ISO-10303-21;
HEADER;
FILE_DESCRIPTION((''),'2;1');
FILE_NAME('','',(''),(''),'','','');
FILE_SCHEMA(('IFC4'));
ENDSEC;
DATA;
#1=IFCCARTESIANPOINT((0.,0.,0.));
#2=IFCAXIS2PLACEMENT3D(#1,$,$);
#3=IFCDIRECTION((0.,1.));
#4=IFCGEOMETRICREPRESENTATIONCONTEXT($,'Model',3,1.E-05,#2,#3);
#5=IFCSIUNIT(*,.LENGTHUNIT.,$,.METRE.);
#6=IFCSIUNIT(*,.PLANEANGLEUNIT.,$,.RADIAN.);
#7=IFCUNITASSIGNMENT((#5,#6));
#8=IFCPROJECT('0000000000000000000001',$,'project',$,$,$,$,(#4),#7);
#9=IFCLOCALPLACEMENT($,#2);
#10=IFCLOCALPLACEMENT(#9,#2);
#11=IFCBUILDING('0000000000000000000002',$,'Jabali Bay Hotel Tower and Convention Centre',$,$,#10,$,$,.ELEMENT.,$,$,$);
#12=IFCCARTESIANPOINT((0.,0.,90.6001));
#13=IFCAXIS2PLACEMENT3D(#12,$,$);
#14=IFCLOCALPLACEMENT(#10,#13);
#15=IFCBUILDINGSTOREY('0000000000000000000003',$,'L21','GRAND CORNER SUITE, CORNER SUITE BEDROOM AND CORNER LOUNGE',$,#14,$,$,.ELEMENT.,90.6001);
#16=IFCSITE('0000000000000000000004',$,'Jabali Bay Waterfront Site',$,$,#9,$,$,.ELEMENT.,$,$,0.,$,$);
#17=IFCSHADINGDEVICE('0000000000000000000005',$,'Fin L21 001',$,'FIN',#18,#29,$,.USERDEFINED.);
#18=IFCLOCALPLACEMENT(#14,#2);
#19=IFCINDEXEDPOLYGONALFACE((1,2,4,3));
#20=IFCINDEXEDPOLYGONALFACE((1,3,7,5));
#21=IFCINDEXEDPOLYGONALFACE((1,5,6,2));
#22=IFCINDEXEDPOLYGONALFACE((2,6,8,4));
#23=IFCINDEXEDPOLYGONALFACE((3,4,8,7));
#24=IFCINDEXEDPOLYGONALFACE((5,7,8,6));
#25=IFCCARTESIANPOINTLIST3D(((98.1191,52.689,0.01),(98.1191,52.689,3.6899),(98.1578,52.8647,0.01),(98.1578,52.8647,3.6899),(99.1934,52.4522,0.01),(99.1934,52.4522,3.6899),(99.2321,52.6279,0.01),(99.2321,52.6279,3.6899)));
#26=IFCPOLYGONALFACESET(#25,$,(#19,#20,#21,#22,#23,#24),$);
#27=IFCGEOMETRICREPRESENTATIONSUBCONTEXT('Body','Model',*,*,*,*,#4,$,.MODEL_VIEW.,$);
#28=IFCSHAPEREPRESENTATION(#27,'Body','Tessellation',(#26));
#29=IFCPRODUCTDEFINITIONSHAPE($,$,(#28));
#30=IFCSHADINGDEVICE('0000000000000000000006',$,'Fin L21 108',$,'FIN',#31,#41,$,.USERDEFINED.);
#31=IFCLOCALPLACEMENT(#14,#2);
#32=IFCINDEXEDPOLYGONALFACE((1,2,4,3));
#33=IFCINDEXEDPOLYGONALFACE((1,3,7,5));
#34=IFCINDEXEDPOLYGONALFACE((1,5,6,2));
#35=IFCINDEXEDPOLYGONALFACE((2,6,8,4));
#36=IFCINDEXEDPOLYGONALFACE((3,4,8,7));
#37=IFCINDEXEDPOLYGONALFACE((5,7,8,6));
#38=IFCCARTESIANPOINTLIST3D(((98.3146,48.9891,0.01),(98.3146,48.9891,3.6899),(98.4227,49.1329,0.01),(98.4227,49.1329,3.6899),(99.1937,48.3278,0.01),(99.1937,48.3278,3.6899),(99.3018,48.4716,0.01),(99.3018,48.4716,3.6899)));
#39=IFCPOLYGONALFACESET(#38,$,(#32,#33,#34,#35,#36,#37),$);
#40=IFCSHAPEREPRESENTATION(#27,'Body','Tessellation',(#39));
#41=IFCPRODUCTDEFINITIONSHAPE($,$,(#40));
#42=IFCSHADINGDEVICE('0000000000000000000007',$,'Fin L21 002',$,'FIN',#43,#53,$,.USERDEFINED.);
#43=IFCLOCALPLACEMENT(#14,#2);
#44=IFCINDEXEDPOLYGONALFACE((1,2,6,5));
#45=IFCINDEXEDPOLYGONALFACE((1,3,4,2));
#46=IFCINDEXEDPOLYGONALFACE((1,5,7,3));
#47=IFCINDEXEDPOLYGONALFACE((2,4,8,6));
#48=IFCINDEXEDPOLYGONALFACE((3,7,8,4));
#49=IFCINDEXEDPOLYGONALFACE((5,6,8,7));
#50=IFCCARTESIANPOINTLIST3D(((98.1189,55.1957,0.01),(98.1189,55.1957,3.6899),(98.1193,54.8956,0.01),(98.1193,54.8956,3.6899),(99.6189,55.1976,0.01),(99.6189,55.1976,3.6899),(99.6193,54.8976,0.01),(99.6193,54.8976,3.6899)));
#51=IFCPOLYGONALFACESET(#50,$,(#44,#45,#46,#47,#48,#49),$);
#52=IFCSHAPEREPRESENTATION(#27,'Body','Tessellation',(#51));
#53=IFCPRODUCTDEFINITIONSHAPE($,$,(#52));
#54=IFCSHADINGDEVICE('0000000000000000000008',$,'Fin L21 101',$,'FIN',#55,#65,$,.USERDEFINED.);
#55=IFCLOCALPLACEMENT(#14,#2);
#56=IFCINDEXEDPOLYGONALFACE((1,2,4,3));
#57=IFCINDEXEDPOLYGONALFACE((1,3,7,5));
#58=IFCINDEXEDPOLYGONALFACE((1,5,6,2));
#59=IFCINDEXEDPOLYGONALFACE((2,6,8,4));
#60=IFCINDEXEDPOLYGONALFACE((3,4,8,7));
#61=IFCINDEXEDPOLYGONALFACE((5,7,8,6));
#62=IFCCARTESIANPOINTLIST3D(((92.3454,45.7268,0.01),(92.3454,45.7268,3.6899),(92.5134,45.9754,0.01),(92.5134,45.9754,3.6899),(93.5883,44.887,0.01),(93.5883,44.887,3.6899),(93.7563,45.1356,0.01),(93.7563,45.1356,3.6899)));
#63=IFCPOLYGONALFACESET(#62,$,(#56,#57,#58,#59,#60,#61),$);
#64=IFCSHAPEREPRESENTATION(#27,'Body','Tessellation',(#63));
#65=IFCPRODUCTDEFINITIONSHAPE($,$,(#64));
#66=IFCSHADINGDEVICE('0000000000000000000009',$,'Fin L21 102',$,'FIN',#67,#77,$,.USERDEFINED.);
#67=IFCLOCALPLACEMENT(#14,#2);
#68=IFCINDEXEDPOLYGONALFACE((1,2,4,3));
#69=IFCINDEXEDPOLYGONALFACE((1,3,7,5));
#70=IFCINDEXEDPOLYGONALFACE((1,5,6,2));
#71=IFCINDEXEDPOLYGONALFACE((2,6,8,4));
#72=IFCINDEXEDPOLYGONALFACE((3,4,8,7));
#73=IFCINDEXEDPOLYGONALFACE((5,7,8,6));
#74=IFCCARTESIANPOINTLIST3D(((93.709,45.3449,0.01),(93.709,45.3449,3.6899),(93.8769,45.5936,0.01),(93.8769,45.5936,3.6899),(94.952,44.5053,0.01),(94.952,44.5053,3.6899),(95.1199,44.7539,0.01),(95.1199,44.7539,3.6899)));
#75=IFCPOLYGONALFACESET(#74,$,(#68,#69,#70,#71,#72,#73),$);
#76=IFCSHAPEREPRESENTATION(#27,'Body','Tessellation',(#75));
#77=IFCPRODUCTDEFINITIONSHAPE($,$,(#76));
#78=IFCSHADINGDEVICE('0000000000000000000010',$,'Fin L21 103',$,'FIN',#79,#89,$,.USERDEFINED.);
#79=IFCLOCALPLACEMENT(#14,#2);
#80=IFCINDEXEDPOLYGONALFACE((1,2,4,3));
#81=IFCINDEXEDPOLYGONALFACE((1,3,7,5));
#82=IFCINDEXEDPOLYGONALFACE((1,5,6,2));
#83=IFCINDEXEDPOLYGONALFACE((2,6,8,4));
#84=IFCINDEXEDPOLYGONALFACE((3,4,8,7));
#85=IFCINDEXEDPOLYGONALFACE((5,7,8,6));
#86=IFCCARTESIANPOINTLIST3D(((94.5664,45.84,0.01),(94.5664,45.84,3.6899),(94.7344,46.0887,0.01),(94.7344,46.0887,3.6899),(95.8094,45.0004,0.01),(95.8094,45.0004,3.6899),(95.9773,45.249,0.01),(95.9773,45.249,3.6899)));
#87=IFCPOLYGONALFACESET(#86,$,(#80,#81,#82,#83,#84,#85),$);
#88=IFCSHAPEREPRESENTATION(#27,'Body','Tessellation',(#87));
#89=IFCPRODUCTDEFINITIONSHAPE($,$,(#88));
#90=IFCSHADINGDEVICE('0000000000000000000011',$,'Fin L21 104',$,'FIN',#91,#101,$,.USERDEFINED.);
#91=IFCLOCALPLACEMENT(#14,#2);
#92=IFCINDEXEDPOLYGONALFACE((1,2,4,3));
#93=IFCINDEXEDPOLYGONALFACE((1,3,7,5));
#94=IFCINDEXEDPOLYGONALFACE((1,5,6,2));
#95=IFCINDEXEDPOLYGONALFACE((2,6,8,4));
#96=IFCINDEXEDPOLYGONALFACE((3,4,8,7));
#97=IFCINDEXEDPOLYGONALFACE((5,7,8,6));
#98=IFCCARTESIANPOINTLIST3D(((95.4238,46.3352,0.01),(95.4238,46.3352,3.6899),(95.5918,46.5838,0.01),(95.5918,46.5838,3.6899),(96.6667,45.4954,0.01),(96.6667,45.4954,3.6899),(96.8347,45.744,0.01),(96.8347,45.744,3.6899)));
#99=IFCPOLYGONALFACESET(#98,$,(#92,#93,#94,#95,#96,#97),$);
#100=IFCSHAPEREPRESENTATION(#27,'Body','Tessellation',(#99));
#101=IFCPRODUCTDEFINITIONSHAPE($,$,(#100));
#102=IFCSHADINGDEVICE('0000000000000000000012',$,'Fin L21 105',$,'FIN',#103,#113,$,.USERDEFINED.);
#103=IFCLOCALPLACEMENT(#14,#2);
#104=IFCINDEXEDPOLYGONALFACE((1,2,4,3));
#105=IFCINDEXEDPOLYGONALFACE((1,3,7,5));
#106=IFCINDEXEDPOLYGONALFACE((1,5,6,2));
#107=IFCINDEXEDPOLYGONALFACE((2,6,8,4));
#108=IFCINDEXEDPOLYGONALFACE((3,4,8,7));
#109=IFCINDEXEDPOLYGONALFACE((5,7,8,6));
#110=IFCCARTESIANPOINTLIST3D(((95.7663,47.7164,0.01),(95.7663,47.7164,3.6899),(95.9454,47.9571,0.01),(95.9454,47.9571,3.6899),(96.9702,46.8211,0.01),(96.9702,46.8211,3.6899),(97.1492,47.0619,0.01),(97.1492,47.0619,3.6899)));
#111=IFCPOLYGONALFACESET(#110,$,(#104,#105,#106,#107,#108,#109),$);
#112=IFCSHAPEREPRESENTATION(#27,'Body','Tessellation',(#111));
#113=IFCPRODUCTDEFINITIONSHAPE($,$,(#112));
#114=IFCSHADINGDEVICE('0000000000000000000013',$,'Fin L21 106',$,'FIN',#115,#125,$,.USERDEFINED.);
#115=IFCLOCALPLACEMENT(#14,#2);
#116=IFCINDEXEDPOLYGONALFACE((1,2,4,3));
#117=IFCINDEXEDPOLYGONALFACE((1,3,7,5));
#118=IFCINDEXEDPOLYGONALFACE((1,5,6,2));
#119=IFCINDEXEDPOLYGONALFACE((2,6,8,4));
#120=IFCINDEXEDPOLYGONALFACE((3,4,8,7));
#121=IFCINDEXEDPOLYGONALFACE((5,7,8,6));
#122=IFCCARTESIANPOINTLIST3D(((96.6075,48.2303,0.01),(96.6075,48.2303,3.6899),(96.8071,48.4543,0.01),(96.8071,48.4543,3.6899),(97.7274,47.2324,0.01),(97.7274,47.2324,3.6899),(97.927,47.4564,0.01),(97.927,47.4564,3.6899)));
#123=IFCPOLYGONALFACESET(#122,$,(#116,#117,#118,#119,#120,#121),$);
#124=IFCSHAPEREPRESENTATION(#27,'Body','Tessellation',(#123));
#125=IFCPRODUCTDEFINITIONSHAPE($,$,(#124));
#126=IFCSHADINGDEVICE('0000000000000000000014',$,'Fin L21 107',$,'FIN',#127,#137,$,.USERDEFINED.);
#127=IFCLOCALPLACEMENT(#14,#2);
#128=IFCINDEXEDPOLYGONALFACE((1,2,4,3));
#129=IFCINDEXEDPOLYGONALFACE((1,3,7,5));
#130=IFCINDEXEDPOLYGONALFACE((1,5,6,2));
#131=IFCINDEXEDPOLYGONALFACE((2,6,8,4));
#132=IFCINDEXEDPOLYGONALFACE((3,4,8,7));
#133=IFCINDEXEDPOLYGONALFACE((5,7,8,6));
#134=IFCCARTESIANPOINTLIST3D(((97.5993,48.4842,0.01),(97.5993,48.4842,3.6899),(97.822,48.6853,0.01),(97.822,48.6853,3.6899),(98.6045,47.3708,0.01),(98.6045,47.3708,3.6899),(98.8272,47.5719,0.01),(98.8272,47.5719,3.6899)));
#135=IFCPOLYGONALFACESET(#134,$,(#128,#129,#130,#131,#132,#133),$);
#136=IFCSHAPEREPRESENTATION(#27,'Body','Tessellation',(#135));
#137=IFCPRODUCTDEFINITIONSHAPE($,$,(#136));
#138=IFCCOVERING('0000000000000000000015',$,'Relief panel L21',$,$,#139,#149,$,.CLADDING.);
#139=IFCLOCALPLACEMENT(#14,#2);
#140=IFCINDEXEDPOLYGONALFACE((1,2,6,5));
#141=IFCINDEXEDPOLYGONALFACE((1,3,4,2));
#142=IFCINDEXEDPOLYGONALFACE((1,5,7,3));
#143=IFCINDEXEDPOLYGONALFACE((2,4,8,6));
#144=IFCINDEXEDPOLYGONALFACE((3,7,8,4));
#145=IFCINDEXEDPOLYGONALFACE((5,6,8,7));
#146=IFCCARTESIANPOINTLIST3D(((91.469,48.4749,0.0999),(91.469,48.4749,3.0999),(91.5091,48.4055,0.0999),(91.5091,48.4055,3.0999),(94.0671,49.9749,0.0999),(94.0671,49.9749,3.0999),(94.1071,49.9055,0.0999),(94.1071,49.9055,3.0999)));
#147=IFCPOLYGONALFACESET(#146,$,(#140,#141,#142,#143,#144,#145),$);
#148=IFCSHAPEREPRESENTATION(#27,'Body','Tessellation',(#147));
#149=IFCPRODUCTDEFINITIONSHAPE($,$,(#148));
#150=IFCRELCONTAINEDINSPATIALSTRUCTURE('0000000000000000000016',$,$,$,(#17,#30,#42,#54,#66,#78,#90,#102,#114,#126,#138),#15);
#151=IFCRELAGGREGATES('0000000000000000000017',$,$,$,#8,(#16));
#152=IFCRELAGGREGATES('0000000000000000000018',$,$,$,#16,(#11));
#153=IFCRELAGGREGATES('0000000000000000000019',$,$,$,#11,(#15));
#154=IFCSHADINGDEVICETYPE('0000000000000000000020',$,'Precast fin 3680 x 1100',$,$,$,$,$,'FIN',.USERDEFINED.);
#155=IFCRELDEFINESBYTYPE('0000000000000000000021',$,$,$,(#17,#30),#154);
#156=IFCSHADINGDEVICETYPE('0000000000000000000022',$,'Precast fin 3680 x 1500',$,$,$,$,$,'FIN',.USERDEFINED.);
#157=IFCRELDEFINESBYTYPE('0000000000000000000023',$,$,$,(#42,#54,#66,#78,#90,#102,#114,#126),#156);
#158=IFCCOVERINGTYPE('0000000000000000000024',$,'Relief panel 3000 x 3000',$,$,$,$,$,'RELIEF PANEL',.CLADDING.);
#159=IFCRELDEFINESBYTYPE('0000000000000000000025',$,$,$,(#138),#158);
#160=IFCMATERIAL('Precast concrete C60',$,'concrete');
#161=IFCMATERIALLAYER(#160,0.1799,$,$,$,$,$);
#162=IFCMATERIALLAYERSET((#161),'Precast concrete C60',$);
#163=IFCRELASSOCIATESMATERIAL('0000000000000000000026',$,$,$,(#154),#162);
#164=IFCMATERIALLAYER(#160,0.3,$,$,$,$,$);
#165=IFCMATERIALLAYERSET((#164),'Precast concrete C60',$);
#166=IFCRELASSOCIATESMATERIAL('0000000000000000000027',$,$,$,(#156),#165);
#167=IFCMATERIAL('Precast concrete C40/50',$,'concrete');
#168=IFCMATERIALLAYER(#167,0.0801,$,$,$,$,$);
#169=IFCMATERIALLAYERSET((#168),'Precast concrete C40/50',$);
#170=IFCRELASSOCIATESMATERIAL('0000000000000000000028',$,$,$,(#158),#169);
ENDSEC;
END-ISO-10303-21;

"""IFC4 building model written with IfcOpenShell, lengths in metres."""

from ifc_helpers import new_model, si_unit, direction, frame, frame_2d, origin, origin_2d, place, context, subcontext, project, spatial, rectangle, extrude, material, layer, layer_set, type_object, element, save


model = new_model("IFC4")

# Units and contexts
model_context = context("Model", 3, precision=1e-05, world=origin(), true_north=direction((0.0, 1.0)))
body_context = subcontext(model_context, "Body", "Model", "MODEL_VIEW")
ifc_project = project(units=[si_unit("LENGTHUNIT", "METRE"), si_unit("PLANEANGLEUNIT", "RADIAN")], contexts=[model_context])

# Site, building, storey
site_placement = place(None, origin())
site = spatial("IfcSite", under=ifc_project, at=site_placement, Name="Jabali Bay Waterfront Site", CompositionType="ELEMENT", RefElevation=0.0)
building_placement = place(site_placement, origin())
building = spatial("IfcBuilding", under=site, at=building_placement, Name="Jabali Bay Hotel Tower and Convention Centre", CompositionType="ELEMENT")
storey_placement = place(building_placement, frame((0.0, 0.0, 90.6001)))
storey = spatial("IfcBuildingStorey", under=building, at=storey_placement, Name="L21", Description="GRAND CORNER SUITE, CORNER SUITE BEDROOM AND CORNER LOUNGE", CompositionType="ELEMENT", Elevation=90.6001)

# Shading devices
ifc_material_1 = material(Name="Precast concrete C60", Category="concrete")
ifc_layer_1 = layer(ifc_material_1, 0.1799)
ifc_layer_set_1 = layer_set([ifc_layer_1], Name="Precast concrete C60")
shading_device_type_1 = type_object("IfcShadingDeviceType", Name="Precast fin 3680 x 1100", ElementType="FIN", PredefinedType="USERDEFINED", material=ifc_layer_set_1)
for number, where, z_axis, x_axis, name in (
    (1, (98.1384, 52.7769, 0.01), (0.0, 0.0, 1.0), (0.976551, -0.215285, 0.0), "Fin L21 001"),
    (2, (98.3687, 49.061, 0.01), (0.0, 0.0, 1.0), (0.79912, -0.601171, 0.0), "Fin L21 108"),
):
    element("IfcShadingDevice", number, at=place(storey_placement, frame(where, z_axis=z_axis, x_axis=x_axis)), inside=storey, type_object=shading_device_type_1, Name=name, ObjectType="FIN", PredefinedType="USERDEFINED", context=body_context, shape_type="SweptSolid", body=[
        extrude(rectangle(XDim=1.1001, YDim=0.1799, at=frame_2d((0.55, 0.0))), origin(), (0.0, 0.0, 1.0), 3.6799),
    ])
ifc_layer_2 = layer(ifc_material_1, 0.3)
ifc_layer_set_2 = layer_set([ifc_layer_2], Name="Precast concrete C60")
shading_device_type_2 = type_object("IfcShadingDeviceType", Name="Precast fin 3680 x 1500", ElementType="FIN", PredefinedType="USERDEFINED", material=ifc_layer_set_2)
for number, where, z_axis, x_axis, name in (
    (3, (98.1191, 55.0457, 0.01), (0.0, 0.0, 1.0), (0.999999, 0.001302, 0.0), "Fin L21 002"),
    (4, (92.4294, 45.8511, 0.01), (0.0, 0.0, 1.0), (0.828579, -0.559873, 0.0), "Fin L21 101"),
    (5, (93.793, 45.4692, 0.01), (0.0, 0.0, 1.0), (0.828654, -0.559761, 0.0), "Fin L21 102"),
    (6, (94.6504, 45.9644, 0.01), (0.0, 0.0, 1.0), (0.828654, -0.559761, 0.0), "Fin L21 103"),
    (7, (95.5078, 46.4595, 0.01), (0.0, 0.0, 1.0), (0.828579, -0.559873, 0.0), "Fin L21 104"),
):
    element("IfcShadingDevice", number, at=place(storey_placement, frame(where, z_axis=z_axis, x_axis=x_axis)), inside=storey, type_object=shading_device_type_2, Name=name, ObjectType="FIN", PredefinedType="USERDEFINED", context=body_context, shape_type="SweptSolid", body=[
        extrude(rectangle(XDim=1.5, YDim=0.3, at=frame_2d((0.75, 0.0))), origin(), (0.0, 0.0, 1.0), 3.6799),
    ])
shading_device_placement = place(storey_placement, frame((95.856, 47.8367, 0.01), z_axis=(0.0, 0.0, 1.0), x_axis=(0.802434, -0.59674, 0.0)))
element("IfcShadingDevice", 8, at=shading_device_placement, inside=storey, type_object=shading_device_type_2, Name="Fin L21 105", ObjectType="FIN", PredefinedType="USERDEFINED", context=body_context, shape_type="SweptSolid", body=[
    extrude(rectangle(XDim=1.5002, YDim=0.3, at=frame_2d((0.75, 0.0))), origin(), (0.0, 0.0, 1.0), 3.6799),
])
for number, where, z_axis, x_axis, name in (
    (9, (96.7073, 48.3423, 0.01), (0.0, 0.0, 1.0), (0.746628, -0.665242, 0.0), "Fin L21 106"),
    (10, (97.7107, 48.5847, 0.01), (0.0, 0.0, 1.0), (0.670133, -0.742241, 0.0), "Fin L21 107"),
):
    element("IfcShadingDevice", number, at=place(storey_placement, frame(where, z_axis=z_axis, x_axis=x_axis)), inside=storey, type_object=shading_device_type_2, Name=name, ObjectType="FIN", PredefinedType="USERDEFINED", context=body_context, shape_type="SweptSolid", body=[
        extrude(rectangle(XDim=1.5, YDim=0.3, at=frame_2d((0.75, 0.0))), origin(), (0.0, 0.0, 1.0), 3.6799),
    ])

# Covering
ifc_material_2 = material(Name="Precast concrete C40/50", Category="concrete")
ifc_layer_3 = layer(ifc_material_2, 0.0801)
ifc_layer_set_3 = layer_set([ifc_layer_3], Name="Precast concrete C40/50")
covering_type = type_object("IfcCoveringType", Name="Relief panel 3000 x 3000", ElementType="RELIEF PANEL", PredefinedType="CLADDING", material=ifc_layer_set_3)
covering_placement = place(storey_placement, frame((92.7881, 49.1902, 0.0999), z_axis=(0.0, 0.0, 1.0), x_axis=(-0.866025, -0.5, 0.0)))
element("IfcCovering", 11, at=covering_placement, inside=storey, type_object=covering_type, Name="Relief panel L21", PredefinedType="CLADDING", context=body_context, shape_type="SweptSolid", body=[
    extrude(rectangle(XDim=3.0, YDim=0.0801, at=origin_2d()), origin(), (0.0, 0.0, 1.0), 3.0),
])

save(model, "model.ifc")
